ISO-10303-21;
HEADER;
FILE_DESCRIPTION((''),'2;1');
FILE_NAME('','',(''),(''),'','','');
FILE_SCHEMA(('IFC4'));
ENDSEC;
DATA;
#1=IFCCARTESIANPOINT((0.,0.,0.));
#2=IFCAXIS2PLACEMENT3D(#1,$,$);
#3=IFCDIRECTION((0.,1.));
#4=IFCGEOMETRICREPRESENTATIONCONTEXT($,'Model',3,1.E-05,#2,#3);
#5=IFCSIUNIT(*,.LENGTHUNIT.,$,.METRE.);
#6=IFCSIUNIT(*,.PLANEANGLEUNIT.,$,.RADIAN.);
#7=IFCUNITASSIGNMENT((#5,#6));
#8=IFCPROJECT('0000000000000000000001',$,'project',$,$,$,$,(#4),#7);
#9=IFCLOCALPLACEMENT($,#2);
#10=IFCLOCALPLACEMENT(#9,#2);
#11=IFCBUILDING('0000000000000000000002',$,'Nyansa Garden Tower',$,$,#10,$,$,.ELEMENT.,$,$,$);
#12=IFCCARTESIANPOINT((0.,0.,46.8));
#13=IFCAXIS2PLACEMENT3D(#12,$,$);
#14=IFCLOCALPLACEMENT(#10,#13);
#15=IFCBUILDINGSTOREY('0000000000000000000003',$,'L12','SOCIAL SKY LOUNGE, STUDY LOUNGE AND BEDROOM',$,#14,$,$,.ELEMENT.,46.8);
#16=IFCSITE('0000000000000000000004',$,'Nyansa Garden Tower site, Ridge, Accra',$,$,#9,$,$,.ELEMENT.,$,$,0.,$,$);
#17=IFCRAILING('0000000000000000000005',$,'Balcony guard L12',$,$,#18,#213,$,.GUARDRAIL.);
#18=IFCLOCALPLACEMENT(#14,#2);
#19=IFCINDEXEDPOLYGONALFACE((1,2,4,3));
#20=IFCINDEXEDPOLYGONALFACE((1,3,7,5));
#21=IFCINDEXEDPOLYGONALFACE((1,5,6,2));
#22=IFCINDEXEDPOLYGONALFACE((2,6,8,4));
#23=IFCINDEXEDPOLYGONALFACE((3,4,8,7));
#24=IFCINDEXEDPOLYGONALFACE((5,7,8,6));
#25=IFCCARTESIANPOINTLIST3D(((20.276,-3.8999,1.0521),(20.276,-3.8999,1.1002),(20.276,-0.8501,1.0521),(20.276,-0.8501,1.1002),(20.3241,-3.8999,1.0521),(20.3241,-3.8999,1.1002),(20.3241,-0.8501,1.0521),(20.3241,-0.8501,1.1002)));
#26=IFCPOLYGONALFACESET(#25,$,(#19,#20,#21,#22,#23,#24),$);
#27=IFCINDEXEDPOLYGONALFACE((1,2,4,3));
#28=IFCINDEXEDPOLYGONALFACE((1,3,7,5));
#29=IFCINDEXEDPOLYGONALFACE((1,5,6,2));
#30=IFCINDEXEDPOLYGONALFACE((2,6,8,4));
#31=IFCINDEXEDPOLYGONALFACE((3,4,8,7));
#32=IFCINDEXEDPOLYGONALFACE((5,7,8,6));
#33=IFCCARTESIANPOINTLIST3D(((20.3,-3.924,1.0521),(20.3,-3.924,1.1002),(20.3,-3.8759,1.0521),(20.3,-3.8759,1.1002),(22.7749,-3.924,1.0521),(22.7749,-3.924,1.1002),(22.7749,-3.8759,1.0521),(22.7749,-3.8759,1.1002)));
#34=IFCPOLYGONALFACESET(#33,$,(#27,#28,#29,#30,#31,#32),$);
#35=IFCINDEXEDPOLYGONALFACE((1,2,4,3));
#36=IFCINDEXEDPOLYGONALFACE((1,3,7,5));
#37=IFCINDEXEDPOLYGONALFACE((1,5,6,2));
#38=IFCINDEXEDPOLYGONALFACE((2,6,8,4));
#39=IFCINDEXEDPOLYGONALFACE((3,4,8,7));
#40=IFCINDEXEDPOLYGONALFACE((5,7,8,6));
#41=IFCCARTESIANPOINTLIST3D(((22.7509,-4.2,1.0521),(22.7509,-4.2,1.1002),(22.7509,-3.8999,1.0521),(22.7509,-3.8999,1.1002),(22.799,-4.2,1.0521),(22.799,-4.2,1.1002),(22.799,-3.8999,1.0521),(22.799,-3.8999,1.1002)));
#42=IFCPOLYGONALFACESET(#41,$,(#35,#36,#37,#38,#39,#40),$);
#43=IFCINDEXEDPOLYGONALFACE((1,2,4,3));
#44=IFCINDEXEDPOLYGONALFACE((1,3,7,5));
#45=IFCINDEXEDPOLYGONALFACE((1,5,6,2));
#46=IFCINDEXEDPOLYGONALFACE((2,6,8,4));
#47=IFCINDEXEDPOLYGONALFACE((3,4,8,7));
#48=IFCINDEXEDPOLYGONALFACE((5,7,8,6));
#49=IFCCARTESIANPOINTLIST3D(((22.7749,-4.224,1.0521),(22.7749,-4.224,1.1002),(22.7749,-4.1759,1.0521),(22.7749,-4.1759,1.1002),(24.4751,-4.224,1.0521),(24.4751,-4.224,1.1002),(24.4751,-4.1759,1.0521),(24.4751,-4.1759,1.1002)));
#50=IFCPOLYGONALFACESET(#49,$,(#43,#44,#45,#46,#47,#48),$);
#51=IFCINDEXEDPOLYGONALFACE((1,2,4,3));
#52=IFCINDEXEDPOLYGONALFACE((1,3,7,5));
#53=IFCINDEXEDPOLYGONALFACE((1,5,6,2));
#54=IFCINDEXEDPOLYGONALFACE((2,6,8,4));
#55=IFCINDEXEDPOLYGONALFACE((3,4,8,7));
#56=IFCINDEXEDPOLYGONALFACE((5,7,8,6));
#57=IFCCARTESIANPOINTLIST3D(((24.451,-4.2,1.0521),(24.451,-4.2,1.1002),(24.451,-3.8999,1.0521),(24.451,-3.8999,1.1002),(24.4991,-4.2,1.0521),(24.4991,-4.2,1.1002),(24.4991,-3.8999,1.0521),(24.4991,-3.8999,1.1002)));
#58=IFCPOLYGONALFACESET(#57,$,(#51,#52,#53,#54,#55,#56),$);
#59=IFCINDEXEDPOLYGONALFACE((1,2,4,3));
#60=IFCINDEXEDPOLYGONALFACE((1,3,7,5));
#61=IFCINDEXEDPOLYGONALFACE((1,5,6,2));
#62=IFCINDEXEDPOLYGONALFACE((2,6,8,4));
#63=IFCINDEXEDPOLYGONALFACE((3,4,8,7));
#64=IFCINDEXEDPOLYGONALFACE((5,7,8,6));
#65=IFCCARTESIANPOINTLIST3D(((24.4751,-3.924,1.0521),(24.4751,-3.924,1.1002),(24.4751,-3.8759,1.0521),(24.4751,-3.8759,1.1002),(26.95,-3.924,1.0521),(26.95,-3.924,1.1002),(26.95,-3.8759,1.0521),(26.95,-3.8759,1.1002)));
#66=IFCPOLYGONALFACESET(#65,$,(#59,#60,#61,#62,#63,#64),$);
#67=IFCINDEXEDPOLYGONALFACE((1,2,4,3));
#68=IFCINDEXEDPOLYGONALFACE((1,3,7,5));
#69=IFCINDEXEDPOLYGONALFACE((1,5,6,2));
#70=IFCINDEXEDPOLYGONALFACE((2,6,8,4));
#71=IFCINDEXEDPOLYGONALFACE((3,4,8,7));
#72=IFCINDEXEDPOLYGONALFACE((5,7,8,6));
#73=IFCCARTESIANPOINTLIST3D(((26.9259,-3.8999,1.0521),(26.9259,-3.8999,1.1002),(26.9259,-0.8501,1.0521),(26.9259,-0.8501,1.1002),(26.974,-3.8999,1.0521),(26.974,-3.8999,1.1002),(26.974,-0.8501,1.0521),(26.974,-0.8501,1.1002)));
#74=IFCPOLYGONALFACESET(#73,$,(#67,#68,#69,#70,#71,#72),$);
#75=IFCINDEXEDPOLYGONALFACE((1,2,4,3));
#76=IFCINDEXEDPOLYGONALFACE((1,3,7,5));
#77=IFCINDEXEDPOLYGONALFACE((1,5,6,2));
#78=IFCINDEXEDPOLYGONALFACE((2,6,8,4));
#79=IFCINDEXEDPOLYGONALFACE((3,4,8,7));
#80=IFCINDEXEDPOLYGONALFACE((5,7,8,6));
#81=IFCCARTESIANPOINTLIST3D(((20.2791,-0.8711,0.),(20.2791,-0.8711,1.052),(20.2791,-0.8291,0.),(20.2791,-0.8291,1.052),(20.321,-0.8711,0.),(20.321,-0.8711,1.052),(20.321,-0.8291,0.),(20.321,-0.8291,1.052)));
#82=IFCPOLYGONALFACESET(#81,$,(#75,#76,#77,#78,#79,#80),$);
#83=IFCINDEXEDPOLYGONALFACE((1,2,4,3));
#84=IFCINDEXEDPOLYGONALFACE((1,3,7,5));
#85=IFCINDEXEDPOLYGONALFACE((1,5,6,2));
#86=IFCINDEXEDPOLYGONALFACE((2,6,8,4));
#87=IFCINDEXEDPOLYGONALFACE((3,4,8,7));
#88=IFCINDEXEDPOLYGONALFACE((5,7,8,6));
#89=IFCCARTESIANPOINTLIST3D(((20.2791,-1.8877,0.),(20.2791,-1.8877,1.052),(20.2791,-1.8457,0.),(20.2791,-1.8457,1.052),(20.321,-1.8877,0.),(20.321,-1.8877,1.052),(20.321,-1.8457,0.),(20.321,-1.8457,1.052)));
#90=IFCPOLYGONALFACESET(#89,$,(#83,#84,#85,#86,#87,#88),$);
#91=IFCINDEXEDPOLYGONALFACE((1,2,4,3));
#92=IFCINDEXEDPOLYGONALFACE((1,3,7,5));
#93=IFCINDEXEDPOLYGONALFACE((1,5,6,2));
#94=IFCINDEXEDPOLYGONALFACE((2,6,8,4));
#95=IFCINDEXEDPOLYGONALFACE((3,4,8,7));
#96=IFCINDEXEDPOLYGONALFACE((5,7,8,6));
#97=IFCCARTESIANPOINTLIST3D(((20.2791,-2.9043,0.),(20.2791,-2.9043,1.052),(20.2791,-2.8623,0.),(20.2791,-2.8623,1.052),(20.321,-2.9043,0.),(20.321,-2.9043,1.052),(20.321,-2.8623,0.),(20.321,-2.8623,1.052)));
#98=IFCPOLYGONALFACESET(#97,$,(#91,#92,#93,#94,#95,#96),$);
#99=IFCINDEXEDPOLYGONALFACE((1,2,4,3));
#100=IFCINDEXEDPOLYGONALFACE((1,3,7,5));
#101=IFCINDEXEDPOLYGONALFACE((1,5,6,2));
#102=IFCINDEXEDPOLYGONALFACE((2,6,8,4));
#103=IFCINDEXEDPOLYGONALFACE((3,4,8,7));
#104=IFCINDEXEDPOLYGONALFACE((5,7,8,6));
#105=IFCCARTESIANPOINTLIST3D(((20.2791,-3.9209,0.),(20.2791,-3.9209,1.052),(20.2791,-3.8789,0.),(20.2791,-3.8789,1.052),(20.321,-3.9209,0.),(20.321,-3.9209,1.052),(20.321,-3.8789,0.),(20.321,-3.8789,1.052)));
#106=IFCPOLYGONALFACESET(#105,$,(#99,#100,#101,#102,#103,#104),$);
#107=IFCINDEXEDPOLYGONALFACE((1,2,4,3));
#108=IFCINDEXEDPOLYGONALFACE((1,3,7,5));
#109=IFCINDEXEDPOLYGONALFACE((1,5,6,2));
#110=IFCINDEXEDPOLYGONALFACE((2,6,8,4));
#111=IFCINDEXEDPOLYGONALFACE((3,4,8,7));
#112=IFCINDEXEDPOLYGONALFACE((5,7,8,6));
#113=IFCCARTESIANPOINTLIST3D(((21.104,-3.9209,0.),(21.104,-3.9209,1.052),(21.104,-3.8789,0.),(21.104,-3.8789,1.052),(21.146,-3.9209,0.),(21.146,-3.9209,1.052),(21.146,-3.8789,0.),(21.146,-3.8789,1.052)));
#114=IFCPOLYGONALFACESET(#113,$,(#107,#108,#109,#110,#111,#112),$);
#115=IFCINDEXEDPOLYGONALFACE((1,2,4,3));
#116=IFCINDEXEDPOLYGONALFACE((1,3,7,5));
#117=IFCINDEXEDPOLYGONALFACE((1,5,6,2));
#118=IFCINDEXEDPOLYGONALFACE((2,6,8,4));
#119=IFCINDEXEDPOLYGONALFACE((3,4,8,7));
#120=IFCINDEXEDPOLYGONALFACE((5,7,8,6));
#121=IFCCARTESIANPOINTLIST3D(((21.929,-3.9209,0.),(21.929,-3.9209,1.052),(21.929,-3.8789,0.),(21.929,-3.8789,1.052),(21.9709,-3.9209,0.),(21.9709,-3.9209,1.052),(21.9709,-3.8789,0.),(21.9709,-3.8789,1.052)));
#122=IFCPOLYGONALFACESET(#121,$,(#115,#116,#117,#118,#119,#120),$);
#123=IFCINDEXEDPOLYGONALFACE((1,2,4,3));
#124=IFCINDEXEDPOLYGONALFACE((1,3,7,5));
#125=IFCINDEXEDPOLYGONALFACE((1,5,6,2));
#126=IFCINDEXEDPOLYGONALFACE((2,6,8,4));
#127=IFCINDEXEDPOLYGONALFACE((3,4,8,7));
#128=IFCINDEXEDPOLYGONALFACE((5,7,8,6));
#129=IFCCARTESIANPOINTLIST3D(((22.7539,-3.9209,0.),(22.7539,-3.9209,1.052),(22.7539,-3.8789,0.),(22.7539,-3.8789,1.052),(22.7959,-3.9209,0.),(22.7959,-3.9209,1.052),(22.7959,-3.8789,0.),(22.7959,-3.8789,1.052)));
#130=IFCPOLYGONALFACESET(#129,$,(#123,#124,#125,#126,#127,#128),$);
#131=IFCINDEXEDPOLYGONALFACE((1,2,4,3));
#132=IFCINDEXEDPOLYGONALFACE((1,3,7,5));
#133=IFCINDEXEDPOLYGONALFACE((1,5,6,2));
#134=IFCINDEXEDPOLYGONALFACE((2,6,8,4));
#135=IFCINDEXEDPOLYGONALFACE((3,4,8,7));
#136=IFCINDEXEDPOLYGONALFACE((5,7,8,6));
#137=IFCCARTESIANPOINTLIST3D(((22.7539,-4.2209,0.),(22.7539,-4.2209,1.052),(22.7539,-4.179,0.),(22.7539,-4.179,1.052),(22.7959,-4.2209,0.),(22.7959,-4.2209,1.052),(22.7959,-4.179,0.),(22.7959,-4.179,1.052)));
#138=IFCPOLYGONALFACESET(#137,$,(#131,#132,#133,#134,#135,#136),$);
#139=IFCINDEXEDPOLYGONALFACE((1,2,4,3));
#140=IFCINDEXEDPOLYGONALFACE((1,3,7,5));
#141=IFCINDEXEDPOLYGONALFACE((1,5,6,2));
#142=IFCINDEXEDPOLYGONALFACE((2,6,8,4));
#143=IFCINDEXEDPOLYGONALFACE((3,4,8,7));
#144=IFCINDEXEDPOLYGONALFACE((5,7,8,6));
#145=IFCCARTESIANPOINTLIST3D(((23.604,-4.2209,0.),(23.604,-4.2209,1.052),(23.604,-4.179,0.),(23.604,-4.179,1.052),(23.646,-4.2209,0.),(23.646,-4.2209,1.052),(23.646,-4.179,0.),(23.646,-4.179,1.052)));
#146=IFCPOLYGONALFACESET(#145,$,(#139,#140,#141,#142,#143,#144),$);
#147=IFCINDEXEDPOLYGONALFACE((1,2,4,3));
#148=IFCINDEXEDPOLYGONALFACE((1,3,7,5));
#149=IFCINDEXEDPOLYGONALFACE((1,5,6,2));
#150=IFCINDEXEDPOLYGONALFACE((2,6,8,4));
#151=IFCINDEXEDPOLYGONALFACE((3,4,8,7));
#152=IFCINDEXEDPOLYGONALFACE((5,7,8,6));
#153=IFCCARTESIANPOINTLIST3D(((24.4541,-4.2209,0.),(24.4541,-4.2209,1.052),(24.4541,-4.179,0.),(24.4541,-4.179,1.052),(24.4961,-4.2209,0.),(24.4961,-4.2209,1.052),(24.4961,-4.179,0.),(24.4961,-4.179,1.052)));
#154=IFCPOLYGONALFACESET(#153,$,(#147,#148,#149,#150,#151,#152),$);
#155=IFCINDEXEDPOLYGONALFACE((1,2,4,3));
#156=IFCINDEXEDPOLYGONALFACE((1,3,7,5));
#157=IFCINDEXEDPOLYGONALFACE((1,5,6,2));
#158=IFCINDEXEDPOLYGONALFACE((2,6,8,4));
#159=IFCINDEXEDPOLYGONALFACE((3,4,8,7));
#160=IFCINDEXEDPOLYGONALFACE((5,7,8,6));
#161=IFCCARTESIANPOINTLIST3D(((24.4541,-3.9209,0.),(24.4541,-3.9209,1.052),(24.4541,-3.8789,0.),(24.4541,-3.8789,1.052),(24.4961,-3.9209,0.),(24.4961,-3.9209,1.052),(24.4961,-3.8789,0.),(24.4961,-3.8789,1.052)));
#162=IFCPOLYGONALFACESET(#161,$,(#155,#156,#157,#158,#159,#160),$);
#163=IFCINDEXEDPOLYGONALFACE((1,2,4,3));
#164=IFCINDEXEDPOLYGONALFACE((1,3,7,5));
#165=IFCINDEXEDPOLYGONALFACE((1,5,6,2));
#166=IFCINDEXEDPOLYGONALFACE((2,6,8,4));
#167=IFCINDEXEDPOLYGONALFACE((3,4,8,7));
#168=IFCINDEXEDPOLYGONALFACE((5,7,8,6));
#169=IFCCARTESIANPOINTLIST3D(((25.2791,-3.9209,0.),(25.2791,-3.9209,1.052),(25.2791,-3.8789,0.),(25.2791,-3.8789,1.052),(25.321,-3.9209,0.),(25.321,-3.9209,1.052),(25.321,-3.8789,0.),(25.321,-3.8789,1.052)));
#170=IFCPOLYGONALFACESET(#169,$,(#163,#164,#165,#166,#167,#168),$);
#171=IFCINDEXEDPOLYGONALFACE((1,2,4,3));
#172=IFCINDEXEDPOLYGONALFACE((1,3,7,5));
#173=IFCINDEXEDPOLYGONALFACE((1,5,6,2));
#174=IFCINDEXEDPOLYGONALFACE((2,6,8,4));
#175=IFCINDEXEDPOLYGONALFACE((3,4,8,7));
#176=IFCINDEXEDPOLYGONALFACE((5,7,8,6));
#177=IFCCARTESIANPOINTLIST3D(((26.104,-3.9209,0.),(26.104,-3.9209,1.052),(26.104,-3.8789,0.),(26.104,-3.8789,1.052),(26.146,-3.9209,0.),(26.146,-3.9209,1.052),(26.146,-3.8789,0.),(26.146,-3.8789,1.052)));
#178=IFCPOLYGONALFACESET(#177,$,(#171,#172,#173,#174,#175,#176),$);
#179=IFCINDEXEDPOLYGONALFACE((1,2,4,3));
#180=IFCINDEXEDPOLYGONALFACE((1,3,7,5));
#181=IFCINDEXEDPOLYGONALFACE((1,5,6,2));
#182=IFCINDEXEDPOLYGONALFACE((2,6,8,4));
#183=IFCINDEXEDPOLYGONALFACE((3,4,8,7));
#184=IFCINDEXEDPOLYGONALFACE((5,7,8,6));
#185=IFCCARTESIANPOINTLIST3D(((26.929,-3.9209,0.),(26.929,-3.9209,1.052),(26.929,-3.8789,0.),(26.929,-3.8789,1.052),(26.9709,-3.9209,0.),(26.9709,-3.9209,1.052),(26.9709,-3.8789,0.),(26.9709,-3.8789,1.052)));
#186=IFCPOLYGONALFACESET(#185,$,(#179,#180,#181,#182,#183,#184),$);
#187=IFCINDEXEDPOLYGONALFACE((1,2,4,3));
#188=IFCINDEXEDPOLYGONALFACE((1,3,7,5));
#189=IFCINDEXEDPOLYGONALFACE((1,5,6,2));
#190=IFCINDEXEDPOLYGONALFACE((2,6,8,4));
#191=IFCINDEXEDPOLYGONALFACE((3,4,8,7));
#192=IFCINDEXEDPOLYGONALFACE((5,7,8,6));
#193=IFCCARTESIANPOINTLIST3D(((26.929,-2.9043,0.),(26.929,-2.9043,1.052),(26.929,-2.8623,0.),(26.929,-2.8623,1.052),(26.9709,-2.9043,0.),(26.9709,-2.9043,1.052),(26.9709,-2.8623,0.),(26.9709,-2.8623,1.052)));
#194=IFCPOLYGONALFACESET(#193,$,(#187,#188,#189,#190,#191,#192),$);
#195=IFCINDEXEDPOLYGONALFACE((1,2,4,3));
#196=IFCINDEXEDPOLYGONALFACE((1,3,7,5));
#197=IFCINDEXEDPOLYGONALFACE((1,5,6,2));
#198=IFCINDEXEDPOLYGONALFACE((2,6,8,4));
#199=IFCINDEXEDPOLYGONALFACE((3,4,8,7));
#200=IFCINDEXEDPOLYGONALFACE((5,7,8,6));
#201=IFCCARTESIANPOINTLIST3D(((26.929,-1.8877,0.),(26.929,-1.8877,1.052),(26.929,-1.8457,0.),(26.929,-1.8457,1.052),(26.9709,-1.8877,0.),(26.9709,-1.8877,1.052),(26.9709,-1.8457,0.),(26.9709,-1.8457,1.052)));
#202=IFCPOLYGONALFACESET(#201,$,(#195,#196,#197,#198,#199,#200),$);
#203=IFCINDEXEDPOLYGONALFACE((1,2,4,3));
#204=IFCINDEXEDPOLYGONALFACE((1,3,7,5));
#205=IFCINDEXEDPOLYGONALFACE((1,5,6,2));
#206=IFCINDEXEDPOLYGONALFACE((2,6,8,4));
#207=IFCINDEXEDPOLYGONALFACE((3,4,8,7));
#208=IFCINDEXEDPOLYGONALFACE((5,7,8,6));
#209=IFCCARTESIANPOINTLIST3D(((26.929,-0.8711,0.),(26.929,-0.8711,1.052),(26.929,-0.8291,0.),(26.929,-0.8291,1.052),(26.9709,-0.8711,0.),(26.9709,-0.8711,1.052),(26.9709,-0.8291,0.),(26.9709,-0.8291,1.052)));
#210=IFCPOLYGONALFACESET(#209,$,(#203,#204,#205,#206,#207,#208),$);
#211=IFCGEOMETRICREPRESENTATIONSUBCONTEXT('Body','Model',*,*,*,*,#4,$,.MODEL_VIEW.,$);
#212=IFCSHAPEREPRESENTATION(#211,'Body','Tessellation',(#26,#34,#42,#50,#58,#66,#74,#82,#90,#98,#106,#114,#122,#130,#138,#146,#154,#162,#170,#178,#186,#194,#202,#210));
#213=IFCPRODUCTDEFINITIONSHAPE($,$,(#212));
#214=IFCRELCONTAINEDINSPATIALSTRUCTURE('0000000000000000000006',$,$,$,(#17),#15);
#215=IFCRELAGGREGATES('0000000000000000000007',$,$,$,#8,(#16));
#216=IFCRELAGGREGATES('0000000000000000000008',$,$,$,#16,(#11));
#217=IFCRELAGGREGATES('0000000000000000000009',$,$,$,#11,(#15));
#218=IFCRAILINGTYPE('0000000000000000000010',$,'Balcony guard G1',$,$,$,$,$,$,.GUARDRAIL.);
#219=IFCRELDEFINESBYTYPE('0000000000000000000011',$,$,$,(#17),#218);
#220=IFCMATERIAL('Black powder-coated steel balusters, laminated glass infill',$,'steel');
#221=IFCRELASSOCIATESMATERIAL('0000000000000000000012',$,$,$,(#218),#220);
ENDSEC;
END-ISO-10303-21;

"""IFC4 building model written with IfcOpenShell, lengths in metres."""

from ifc_helpers import new_model, si_unit, direction, frame, origin, origin_2d, place, context, subcontext, project, spatial, rectangle, extrude, material, type_object, element, save


model = new_model("IFC4")

# Units and contexts
model_context = context("Model", 3, precision=1e-05, world=origin(), true_north=direction((0.0, 1.0)))
body_context = subcontext(model_context, "Body", "Model", "MODEL_VIEW")
ifc_project = project(units=[si_unit("LENGTHUNIT", "METRE"), si_unit("PLANEANGLEUNIT", "RADIAN")], contexts=[model_context])

# Site, building, storey
site_placement = place(None, origin())
site = spatial("IfcSite", under=ifc_project, at=site_placement, Name="Nyansa Garden Tower site, Ridge, Accra", CompositionType="ELEMENT", RefElevation=0.0)
building_placement = place(site_placement, origin())
building = spatial("IfcBuilding", under=site, at=building_placement, Name="Nyansa Garden Tower", CompositionType="ELEMENT")
storey_placement = place(building_placement, frame((0.0, 0.0, 46.8)))
storey = spatial("IfcBuildingStorey", under=building, at=storey_placement, Name="L12", Description="SOCIAL SKY LOUNGE, STUDY LOUNGE AND BEDROOM", CompositionType="ELEMENT", Elevation=46.8)

# Railing
ifc_material_1 = material(Name="Black powder-coated steel balusters, laminated glass infill", Category="steel")
railing_type = type_object("IfcRailingType", Name="Balcony guard G1", PredefinedType="GUARDRAIL", material=ifc_material_1)
railing_placement = place(storey_placement, frame((20.3, -0.8501, 0.0)))
element("IfcRailing", 1, at=railing_placement, inside=storey, type_object=railing_type, Name="Balcony guard L12", PredefinedType="GUARDRAIL", context=body_context, shape_type="SweptSolid", body=[
    extrude(rectangle(XDim=0.0481, YDim=0.0481, at=origin_2d()), frame((0.0, 0.0, 1.0762), z_axis=(0.0, -1.0, 0.0), x_axis=(1.0, 0.0, 0.0)), (0.0, 0.0, 1.0), 3.0498),
    extrude(rectangle(XDim=0.0481, YDim=0.0481, at=origin_2d()), frame((0.0, -3.0498, 1.0762), z_axis=(1.0, 0.0, 0.0), x_axis=(0.0, 1.0, 0.0)), (0.0, 0.0, 1.0), 2.4749),
    extrude(rectangle(XDim=0.0481, YDim=0.0481, at=origin_2d()), frame((2.4749, -3.0498, 1.0762), z_axis=(0.0, -1.0, 0.0), x_axis=(1.0, 0.0, 0.0)), (0.0, 0.0, 1.0), 0.3),
    extrude(rectangle(XDim=0.0481, YDim=0.0481, at=origin_2d()), frame((2.4749, -3.3499, 1.0762), z_axis=(1.0, 0.0, 0.0), x_axis=(0.0, 1.0, 0.0)), (0.0, 0.0, 1.0), 1.7002),
    extrude(rectangle(XDim=0.0481, YDim=0.0481, at=origin_2d()), frame((4.175, -3.3499, 1.0762), z_axis=(0.0, 1.0, 0.0), x_axis=(-1.0, 0.0, 0.0)), (0.0, 0.0, 1.0), 0.3),
    extrude(rectangle(XDim=0.0481, YDim=0.0481, at=origin_2d()), frame((4.175, -3.0498, 1.0762), z_axis=(1.0, 0.0, 0.0), x_axis=(0.0, 1.0, 0.0)), (0.0, 0.0, 1.0), 2.4749),
    extrude(rectangle(XDim=0.0481, YDim=0.0481, at=origin_2d()), frame((6.6499, -3.0498, 1.0762), z_axis=(0.0, 1.0, 0.0), x_axis=(-1.0, 0.0, 0.0)), (0.0, 0.0, 1.0), 3.0498),
    extrude(rectangle(XDim=0.042, YDim=0.042, at=origin_2d()), origin(), (0.0, 0.0, 1.0), 1.052),
    extrude(rectangle(XDim=0.042, YDim=0.042, at=origin_2d()), frame((0.0, -1.0166, 0.0)), (0.0, 0.0, 1.0), 1.052),
    extrude(rectangle(XDim=0.042, YDim=0.042, at=origin_2d()), frame((0.0, -2.0332, 0.0)), (0.0, 0.0, 1.0), 1.052),
    extrude(rectangle(XDim=0.042, YDim=0.042, at=origin_2d()), frame((0.0, -3.0498, 0.0)), (0.0, 0.0, 1.0), 1.052),
    extrude(rectangle(XDim=0.042, YDim=0.042, at=origin_2d()), frame((0.825, -3.0498, 0.0)), (0.0, 0.0, 1.0), 1.052),
    extrude(rectangle(XDim=0.042, YDim=0.042, at=origin_2d()), frame((1.6499, -3.0498, 0.0)), (0.0, 0.0, 1.0), 1.052),
    extrude(rectangle(XDim=0.042, YDim=0.042, at=origin_2d()), frame((2.4749, -3.0498, 0.0)), (0.0, 0.0, 1.0), 1.052),
    extrude(rectangle(XDim=0.042, YDim=0.042, at=origin_2d()), frame((2.4749, -3.3499, 0.0)), (0.0, 0.0, 1.0), 1.052),
    extrude(rectangle(XDim=0.042, YDim=0.042, at=origin_2d()), frame((3.325, -3.3499, 0.0)), (0.0, 0.0, 1.0), 1.052),
    extrude(rectangle(XDim=0.042, YDim=0.042, at=origin_2d()), frame((4.175, -3.3499, 0.0)), (0.0, 0.0, 1.0), 1.052),
    extrude(rectangle(XDim=0.042, YDim=0.042, at=origin_2d()), frame((4.175, -3.0498, 0.0)), (0.0, 0.0, 1.0), 1.052),
    extrude(rectangle(XDim=0.042, YDim=0.042, at=origin_2d()), frame((5.0, -3.0498, 0.0)), (0.0, 0.0, 1.0), 1.052),
    extrude(rectangle(XDim=0.042, YDim=0.042, at=origin_2d()), frame((5.825, -3.0498, 0.0)), (0.0, 0.0, 1.0), 1.052),
    extrude(rectangle(XDim=0.042, YDim=0.042, at=origin_2d()), frame((6.6499, -3.0498, 0.0)), (0.0, 0.0, 1.0), 1.052),
    extrude(rectangle(XDim=0.042, YDim=0.042, at=origin_2d()), frame((6.6499, -2.0332, 0.0)), (0.0, 0.0, 1.0), 1.052),
    extrude(rectangle(XDim=0.042, YDim=0.042, at=origin_2d()), frame((6.6499, -1.0166, 0.0)), (0.0, 0.0, 1.0), 1.052),
    extrude(rectangle(XDim=0.042, YDim=0.042, at=origin_2d()), frame((6.6499, 0.0, 0.0)), (0.0, 0.0, 1.0), 1.052),
])

save(model, "model.ifc")
